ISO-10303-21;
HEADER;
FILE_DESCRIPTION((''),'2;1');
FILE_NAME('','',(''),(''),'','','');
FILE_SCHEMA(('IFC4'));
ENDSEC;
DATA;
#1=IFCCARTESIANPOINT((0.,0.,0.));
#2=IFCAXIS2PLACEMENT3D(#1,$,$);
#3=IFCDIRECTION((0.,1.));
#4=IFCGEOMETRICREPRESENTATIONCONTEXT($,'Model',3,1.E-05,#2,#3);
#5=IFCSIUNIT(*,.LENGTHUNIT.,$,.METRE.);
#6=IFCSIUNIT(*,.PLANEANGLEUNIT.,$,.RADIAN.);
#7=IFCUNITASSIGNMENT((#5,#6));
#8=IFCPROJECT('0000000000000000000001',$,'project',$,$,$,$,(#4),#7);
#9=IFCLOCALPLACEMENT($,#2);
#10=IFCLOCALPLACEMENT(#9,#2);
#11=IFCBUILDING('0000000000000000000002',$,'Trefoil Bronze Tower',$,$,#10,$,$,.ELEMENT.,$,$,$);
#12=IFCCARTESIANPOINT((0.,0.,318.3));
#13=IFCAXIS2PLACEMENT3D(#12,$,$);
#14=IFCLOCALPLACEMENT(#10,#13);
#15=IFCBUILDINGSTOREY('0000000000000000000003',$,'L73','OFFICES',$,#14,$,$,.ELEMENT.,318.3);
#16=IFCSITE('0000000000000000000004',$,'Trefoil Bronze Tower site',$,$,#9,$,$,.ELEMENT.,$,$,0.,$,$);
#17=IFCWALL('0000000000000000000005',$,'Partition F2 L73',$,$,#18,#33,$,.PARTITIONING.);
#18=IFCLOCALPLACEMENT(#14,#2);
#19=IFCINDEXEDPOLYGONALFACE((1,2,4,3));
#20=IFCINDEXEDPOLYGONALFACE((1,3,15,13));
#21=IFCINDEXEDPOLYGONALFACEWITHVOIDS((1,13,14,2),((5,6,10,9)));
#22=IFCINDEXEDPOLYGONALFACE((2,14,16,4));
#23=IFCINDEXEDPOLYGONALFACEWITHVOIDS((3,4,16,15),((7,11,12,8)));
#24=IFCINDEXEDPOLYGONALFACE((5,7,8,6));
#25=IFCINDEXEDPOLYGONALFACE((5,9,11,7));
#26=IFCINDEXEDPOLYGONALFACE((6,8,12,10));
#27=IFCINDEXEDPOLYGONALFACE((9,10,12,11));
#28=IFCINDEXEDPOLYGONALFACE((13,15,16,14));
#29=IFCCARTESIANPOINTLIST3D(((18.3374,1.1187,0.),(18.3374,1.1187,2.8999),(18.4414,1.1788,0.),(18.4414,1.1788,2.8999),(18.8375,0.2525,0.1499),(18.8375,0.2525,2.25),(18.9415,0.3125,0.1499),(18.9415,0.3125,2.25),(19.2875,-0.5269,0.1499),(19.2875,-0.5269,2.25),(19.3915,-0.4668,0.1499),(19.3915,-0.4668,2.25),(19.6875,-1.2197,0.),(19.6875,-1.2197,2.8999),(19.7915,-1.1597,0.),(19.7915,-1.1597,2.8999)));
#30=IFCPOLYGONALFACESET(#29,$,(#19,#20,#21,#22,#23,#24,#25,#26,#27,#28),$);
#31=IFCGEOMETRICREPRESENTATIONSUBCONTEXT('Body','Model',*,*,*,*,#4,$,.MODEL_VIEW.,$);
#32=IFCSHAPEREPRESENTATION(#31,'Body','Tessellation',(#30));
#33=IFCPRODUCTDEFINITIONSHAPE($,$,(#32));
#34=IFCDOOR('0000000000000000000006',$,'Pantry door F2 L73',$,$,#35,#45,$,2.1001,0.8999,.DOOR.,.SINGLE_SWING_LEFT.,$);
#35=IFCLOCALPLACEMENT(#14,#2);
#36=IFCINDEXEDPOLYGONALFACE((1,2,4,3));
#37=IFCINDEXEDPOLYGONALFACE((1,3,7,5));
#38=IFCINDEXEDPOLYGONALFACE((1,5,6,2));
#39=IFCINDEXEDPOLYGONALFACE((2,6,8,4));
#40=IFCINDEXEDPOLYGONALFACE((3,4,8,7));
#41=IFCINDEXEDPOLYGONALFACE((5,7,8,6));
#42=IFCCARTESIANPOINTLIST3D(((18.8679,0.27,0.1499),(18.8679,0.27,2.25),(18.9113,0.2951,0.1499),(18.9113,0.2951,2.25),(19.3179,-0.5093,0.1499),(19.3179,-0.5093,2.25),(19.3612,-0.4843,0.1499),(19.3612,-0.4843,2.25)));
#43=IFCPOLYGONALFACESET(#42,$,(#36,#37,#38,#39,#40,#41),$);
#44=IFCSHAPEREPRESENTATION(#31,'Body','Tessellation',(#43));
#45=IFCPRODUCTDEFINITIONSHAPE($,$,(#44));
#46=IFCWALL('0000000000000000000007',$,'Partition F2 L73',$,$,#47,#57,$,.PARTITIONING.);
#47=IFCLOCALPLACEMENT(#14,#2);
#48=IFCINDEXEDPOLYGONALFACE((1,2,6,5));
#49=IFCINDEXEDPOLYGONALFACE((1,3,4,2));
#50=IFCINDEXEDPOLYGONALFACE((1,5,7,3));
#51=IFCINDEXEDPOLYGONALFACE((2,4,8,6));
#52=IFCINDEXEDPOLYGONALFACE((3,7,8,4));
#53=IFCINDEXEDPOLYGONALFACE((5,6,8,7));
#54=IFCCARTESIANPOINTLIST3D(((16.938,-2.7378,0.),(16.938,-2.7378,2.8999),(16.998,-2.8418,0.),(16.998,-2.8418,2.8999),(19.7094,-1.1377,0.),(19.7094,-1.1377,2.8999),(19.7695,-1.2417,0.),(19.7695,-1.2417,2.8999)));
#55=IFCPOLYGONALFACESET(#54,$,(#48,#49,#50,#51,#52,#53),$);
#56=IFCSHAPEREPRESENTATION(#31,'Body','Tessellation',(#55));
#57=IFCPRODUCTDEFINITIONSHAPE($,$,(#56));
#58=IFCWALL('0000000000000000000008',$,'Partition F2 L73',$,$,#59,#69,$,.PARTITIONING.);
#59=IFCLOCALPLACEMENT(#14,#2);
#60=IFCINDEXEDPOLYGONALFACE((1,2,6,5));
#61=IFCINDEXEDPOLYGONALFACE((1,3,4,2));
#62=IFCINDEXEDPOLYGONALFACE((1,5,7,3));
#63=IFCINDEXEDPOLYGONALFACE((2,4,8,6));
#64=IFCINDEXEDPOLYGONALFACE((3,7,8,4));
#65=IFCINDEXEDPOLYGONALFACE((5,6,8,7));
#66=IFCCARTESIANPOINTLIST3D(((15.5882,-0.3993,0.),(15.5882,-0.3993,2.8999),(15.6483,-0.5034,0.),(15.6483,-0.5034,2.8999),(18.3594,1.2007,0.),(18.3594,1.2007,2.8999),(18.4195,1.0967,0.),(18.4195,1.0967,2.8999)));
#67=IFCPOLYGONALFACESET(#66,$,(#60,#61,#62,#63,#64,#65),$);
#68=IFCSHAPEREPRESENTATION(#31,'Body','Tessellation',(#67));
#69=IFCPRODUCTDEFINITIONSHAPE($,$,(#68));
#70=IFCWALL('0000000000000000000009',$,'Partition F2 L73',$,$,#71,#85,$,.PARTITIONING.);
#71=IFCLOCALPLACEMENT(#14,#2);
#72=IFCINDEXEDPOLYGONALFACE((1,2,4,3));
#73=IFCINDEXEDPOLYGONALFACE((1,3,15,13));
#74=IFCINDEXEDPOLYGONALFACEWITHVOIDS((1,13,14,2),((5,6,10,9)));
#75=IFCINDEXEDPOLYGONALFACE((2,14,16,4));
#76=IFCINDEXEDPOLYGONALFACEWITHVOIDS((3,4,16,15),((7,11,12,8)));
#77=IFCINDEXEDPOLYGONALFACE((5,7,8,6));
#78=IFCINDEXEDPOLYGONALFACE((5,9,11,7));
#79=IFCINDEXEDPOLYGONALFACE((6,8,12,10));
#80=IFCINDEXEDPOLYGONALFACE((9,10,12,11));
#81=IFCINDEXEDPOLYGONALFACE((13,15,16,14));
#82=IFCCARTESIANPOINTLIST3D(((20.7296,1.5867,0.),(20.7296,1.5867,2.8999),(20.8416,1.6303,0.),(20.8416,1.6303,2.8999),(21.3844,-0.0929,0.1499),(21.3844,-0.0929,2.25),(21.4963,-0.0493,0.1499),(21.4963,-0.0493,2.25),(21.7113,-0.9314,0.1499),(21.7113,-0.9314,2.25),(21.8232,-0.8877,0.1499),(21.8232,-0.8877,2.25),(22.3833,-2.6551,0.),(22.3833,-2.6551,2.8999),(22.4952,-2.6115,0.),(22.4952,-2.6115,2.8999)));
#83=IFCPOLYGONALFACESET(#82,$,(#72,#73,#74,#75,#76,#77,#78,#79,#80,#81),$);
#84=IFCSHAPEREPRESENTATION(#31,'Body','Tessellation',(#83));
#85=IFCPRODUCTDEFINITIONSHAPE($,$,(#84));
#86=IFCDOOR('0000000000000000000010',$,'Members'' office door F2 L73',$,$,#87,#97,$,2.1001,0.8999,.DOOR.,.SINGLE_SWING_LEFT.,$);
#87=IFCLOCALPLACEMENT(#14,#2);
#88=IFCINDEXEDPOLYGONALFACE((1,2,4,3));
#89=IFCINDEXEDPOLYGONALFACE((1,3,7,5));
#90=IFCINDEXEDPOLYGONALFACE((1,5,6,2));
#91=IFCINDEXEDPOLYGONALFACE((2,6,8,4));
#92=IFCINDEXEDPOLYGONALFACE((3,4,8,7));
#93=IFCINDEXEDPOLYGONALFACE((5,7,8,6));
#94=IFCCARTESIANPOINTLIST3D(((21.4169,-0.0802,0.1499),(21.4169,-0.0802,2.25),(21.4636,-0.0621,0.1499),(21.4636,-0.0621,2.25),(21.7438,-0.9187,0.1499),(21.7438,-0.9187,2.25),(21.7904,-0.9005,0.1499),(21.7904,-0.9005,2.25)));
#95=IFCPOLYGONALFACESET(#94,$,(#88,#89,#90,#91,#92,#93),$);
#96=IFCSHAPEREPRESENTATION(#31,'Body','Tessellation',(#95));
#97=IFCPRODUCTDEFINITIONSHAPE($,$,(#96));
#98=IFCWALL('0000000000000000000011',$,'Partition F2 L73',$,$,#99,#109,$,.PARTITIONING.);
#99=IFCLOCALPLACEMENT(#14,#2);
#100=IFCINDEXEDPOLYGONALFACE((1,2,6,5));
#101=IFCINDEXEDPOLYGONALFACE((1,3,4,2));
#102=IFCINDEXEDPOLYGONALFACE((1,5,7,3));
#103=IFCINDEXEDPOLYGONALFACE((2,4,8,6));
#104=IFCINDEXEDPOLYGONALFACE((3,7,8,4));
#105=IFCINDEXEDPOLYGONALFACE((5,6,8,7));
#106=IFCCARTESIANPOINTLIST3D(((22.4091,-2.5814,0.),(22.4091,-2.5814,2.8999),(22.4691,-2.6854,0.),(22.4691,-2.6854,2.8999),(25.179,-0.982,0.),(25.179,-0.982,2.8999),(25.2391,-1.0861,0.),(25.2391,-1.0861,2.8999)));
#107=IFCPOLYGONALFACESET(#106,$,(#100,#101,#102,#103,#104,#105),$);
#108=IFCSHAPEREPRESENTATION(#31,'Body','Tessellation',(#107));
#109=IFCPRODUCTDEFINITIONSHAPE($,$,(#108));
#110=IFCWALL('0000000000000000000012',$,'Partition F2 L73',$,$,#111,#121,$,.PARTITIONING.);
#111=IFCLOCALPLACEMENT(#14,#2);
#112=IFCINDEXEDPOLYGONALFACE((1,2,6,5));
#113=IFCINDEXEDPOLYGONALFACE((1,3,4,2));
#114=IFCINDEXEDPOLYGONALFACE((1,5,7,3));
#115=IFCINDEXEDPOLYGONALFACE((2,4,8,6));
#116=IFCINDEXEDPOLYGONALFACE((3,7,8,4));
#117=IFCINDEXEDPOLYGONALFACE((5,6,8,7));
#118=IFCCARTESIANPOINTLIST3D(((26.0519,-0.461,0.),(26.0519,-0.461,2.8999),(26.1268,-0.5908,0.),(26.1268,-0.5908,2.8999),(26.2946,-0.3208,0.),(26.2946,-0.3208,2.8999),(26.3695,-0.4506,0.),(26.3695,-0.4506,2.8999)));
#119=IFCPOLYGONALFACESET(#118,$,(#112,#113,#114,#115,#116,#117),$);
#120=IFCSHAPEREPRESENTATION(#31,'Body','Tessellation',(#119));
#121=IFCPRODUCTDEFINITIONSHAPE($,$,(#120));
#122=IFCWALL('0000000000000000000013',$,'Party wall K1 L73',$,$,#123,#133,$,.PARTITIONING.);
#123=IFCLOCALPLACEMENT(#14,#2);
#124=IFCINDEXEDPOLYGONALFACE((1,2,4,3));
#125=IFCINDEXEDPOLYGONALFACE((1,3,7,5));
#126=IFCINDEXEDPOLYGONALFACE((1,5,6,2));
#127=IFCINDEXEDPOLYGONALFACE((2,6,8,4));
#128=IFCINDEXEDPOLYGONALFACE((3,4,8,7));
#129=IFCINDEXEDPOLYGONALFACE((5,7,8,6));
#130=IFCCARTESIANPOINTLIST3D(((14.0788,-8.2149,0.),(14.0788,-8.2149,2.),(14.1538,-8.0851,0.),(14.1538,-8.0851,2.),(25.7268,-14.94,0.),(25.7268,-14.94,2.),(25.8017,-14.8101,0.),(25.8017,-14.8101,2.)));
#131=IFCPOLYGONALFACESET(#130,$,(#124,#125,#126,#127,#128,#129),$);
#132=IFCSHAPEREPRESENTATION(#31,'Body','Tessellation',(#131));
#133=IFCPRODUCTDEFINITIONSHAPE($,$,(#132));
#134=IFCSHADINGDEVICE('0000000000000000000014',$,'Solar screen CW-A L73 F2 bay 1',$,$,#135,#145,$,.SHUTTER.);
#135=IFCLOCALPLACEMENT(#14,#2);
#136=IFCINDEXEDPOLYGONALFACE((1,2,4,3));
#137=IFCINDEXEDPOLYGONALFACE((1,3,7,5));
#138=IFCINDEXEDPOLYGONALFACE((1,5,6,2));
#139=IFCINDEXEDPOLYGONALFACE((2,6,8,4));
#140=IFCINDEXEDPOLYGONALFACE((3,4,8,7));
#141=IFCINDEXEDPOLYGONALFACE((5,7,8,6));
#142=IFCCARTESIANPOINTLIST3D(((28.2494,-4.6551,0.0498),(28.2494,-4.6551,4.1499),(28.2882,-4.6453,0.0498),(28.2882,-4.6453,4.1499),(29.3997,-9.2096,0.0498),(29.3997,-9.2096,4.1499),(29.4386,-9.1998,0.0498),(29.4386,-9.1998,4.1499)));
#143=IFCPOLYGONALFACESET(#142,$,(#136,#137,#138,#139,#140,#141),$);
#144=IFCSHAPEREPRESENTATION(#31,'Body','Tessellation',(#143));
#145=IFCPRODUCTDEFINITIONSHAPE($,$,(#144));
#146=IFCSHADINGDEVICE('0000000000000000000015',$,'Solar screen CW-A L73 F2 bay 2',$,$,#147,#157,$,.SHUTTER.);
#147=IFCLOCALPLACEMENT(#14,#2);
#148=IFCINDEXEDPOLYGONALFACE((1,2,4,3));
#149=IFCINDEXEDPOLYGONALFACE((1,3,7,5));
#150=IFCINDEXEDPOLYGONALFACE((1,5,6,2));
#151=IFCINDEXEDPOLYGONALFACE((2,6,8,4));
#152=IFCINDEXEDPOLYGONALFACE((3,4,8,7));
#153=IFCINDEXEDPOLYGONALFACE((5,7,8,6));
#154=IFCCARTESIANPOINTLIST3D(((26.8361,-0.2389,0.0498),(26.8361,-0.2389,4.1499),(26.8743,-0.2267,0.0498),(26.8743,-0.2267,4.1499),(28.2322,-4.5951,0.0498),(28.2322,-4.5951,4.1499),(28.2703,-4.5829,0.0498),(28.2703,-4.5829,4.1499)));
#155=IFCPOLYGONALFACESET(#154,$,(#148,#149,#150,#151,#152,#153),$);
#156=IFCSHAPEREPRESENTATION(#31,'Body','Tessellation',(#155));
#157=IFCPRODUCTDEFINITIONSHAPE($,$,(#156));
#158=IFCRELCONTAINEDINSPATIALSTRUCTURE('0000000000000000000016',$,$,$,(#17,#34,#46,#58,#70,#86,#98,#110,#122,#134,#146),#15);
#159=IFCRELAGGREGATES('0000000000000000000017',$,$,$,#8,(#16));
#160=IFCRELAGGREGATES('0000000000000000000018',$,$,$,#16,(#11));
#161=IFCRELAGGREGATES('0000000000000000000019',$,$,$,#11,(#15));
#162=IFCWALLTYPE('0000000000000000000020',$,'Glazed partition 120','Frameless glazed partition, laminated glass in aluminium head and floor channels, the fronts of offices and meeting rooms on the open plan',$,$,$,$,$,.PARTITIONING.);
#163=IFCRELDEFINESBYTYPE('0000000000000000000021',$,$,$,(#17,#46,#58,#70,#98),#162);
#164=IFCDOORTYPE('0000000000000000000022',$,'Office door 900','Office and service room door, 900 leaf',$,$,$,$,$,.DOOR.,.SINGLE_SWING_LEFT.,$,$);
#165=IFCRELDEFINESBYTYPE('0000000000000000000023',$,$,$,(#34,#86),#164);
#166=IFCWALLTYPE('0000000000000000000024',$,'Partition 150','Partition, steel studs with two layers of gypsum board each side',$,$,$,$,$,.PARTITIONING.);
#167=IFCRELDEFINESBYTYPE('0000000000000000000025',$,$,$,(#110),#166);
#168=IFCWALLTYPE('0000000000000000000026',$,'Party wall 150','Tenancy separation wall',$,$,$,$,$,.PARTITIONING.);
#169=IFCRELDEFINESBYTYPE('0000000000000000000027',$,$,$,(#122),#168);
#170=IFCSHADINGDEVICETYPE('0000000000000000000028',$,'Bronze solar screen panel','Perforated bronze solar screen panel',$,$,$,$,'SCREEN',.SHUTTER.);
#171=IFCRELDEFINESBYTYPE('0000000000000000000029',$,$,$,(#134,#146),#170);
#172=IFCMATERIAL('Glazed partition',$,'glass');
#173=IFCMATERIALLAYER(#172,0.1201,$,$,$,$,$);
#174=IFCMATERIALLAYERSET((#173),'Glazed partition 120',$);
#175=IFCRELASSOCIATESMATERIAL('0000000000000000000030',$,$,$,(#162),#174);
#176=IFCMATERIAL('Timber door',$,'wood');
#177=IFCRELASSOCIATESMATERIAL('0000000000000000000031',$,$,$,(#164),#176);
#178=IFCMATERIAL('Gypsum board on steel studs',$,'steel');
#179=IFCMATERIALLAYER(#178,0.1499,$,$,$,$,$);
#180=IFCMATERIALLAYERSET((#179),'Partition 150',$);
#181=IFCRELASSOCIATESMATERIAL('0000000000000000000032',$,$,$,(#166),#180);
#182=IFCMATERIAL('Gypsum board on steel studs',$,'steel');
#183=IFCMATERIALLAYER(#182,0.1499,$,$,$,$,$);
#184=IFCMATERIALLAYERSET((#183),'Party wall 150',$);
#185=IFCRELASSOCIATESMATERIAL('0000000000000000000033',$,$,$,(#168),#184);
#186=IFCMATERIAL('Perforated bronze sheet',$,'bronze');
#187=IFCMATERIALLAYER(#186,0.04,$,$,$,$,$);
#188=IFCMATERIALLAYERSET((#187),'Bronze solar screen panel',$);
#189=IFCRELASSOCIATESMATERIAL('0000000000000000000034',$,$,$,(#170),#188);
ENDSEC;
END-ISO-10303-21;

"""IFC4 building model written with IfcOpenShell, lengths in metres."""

from ifc_helpers import new_model, si_unit, direction, frame, frame_2d, origin, origin_2d, place, context, subcontext, project, spatial, rectangle, extrude, material, layer, layer_set, type_object, element, fill, save


model = new_model("IFC4")

# Units and contexts
model_context = context("Model", 3, precision=1e-05, world=origin(), true_north=direction((0.0, 1.0)))
body_context = subcontext(model_context, "Body", "Model", "MODEL_VIEW")
ifc_project = project(units=[si_unit("LENGTHUNIT", "METRE"), si_unit("PLANEANGLEUNIT", "RADIAN")], contexts=[model_context])

# Site, building, storey
site_placement = place(None, origin())
site = spatial("IfcSite", under=ifc_project, at=site_placement, Name="Trefoil Bronze Tower site", CompositionType="ELEMENT", RefElevation=0.0)
building_placement = place(site_placement, origin())
building = spatial("IfcBuilding", under=site, at=building_placement, Name="Trefoil Bronze Tower", CompositionType="ELEMENT")
storey_placement = place(building_placement, frame((0.0, 0.0, 318.3)))
storey = spatial("IfcBuildingStorey", under=building, at=storey_placement, Name="L73", Description="OFFICES", CompositionType="ELEMENT", Elevation=318.3)

# Wall, opening, door
ifc_material_1 = material(Name="Glazed partition", Category="glass")
ifc_layer_1 = layer(ifc_material_1, 0.1201)
ifc_layer_set_1 = layer_set([ifc_layer_1], Name="Glazed partition 120")
wall_type_1 = type_object("IfcWallType", Name="Glazed partition 120", Description="Frameless glazed partition, laminated glass in aluminium head and floor channels, the fronts of offices and meeting rooms on the open plan", PredefinedType="PARTITIONING", material=ifc_layer_set_1)
wall_1_placement = place(storey_placement, frame((19.7395, -1.1897, 0.0), z_axis=(0.0, 0.0, 1.0), x_axis=(-0.500009, 0.86602, 0.0)))
wall_1 = element("IfcWall", 1, at=wall_1_placement, inside=storey, type_object=wall_type_1, Name="Partition F2 L73", PredefinedType="PARTITIONING", context=body_context, shape_type="SweptSolid", body=[
    extrude(rectangle(XDim=2.7002, YDim=0.1201, at=frame_2d((1.3501, 0.0))), origin(), (0.0, 0.0, 1.0), 2.8999),
])
opening_1_placement = place(wall_1_placement, frame((0.8, 0.0, 0.1499)))
opening_1 = element("IfcOpeningElement", 2, at=opening_1_placement, cuts=wall_1, PredefinedType="OPENING", context=body_context, shape_type="SweptSolid", body=[
    extrude(rectangle(XDim=0.8999, YDim=2.1001, at=frame_2d((0.45, 1.05))), frame((0.0, 0.0701, 0.0), z_axis=(0.0, -1.0, 0.0), x_axis=(1.0, 0.0, 0.0)), (0.0, 0.0, 1.0), 0.1401),
])
ifc_material_2 = material(Name="Timber door", Category="wood")
door_type_1 = type_object("IfcDoorType", Name="Office door 900", Description="Office and service room door, 900 leaf", OperationType="SINGLE_SWING_LEFT", PredefinedType="DOOR", material=ifc_material_2)
door_1_placement = place(opening_1_placement, origin())
door_1 = element("IfcDoor", 3, at=door_1_placement, inside=storey, type_object=door_type_1, Name="Pantry door F2 L73", OperationType="SINGLE_SWING_LEFT", OverallHeight=2.1001, OverallWidth=0.8999, PredefinedType="DOOR", context=body_context, shape_type="SweptSolid", body=[
    extrude(rectangle(XDim=0.8999, YDim=2.1001, at=frame_2d((0.45, 1.05))), frame((0.0, 0.0249, 0.0), z_axis=(0.0, -1.0, 0.0), x_axis=(1.0, 0.0, 0.0)), (0.0, 0.0, 1.0), 0.05),
])
fill(opening_1, door_1)

# Walls
wall_2_placement = place(storey_placement, frame((16.968, -2.7898, 0.0), z_axis=(0.0, 0.0, 1.0), x_axis=(0.866028, 0.499995, 0.0)))
element("IfcWall", 4, at=wall_2_placement, inside=storey, type_object=wall_type_1, Name="Partition F2 L73", PredefinedType="PARTITIONING", context=body_context, shape_type="SweptSolid", body=[
    extrude(rectangle(XDim=3.2002, YDim=0.1201, at=frame_2d((1.6001, 0.0))), origin(), (0.0, 0.0, 1.0), 2.8999),
])
wall_3_placement = place(storey_placement, frame((15.6182, -0.4514, 0.0), z_axis=(0.0, 0.0, 1.0), x_axis=(0.866009, 0.500028, 0.0)))
element("IfcWall", 5, at=wall_3_placement, inside=storey, type_object=wall_type_1, Name="Partition F2 L73", PredefinedType="PARTITIONING", context=body_context, shape_type="SweptSolid", body=[
    extrude(rectangle(XDim=3.2, YDim=0.1201, at=frame_2d((1.6001, 0.0))), origin(), (0.0, 0.0, 1.0), 2.8999),
])

# Wall, opening, door
wall_4_placement = place(storey_placement, frame((22.4392, -2.6333, 0.0), z_axis=(0.0, 0.0, 1.0), x_axis=(-0.363212, 0.931706, 0.0)))
wall_4 = element("IfcWall", 6, at=wall_4_placement, inside=storey, type_object=wall_type_1, Name="Partition F2 L73", PredefinedType="PARTITIONING", context=body_context, shape_type="SweptSolid", body=[
    extrude(rectangle(XDim=4.5527, YDim=0.1201, at=frame_2d((2.2764, 0.0))), origin(), (0.0, 0.0, 1.0), 2.8999),
])
opening_2_placement = place(wall_4_placement, frame((1.8501, 0.0, 0.1499)))
opening_2 = element("IfcOpeningElement", 7, at=opening_2_placement, cuts=wall_4, PredefinedType="OPENING", context=body_context, shape_type="SweptSolid", body=[
    extrude(rectangle(XDim=0.8999, YDim=2.1001, at=frame_2d((0.45, 1.05))), frame((0.0, 0.0701, 0.0), z_axis=(0.0, -1.0, 0.0), x_axis=(1.0, 0.0, 0.0)), (0.0, 0.0, 1.0), 0.1401),
])
door_2_placement = place(opening_2_placement, frame((0.8999, 0.0, 0.0), z_axis=(0.0, 0.0, 1.0), x_axis=(-1.0, 0.0, 0.0)))
door_2 = element("IfcDoor", 8, at=door_2_placement, inside=storey, type_object=door_type_1, Name="Members' office door F2 L73", OperationType="SINGLE_SWING_LEFT", OverallHeight=2.1001, OverallWidth=0.8999, PredefinedType="DOOR", context=body_context, shape_type="SweptSolid", body=[
    extrude(rectangle(XDim=0.8999, YDim=2.1001, at=frame_2d((0.45, 1.05))), frame((0.0, 0.0249, 0.0), z_axis=(0.0, -1.0, 0.0), x_axis=(1.0, 0.0, 0.0)), (0.0, 0.0, 1.0), 0.05),
])
fill(opening_2, door_2)

# Walls
wall_5_placement = place(storey_placement, frame((22.4392, -2.6333, 0.0), z_axis=(0.0, 0.0, 1.0), x_axis=(0.866013, 0.500022, 0.0)))
element("IfcWall", 9, at=wall_5_placement, inside=storey, type_object=wall_type_1, Name="Partition F2 L73", PredefinedType="PARTITIONING", context=body_context, shape_type="SweptSolid", body=[
    extrude(rectangle(XDim=3.1985, YDim=0.1201, at=frame_2d((1.5991, 0.0))), origin(), (0.0, 0.0, 1.0), 2.8999),
])
ifc_material_3 = material(Name="Gypsum board on steel studs", Category="steel")
ifc_layer_2 = layer(ifc_material_3, 0.1499)
ifc_layer_set_2 = layer_set([ifc_layer_2], Name="Partition 150")
wall_type_2 = type_object("IfcWallType", Name="Partition 150", Description="Partition, steel studs with two layers of gypsum board each side", PredefinedType="PARTITIONING", material=ifc_layer_set_2)
wall_6_placement = place(storey_placement, frame((26.0894, -0.5259, 0.0), z_axis=(0.0, 0.0, 1.0), x_axis=(0.865982, 0.500074, 0.0)))
element("IfcWall", 10, at=wall_6_placement, inside=storey, type_object=wall_type_2, Name="Partition F2 L73", PredefinedType="PARTITIONING", context=body_context, shape_type="SweptSolid", body=[
    extrude(rectangle(XDim=0.2803, YDim=0.1499, at=frame_2d((0.1401, 0.0))), origin(), (0.0, 0.0, 1.0), 2.8999),
])
ifc_material_4 = material(Name="Gypsum board on steel studs", Category="steel")
ifc_layer_3 = layer(ifc_material_4, 0.1499)
ifc_layer_set_3 = layer_set([ifc_layer_3], Name="Party wall 150")
wall_type_3 = type_object("IfcWallType", Name="Party wall 150", Description="Tenancy separation wall", PredefinedType="PARTITIONING", material=ifc_layer_set_3)
wall_7_placement = place(storey_placement, frame((14.1162, -8.1499, 0.0), z_axis=(0.0, 0.0, 1.0), x_axis=(0.866021, -0.500008, 0.0)))
element("IfcWall", 11, at=wall_7_placement, inside=storey, type_object=wall_type_3, Name="Party wall K1 L73", PredefinedType="PARTITIONING", context=body_context, shape_type="SweptSolid", body=[
    extrude(rectangle(XDim=13.45, YDim=0.1499, at=frame_2d((6.7251, 0.0))), origin(), (0.0, 0.0, 1.0), 2.0),
])

# Shading devices
ifc_material_5 = material(Name="Perforated bronze sheet", Category="bronze")
ifc_layer_4 = layer(ifc_material_5, 0.04)
ifc_layer_set_4 = layer_set([ifc_layer_4], Name="Bronze solar screen panel")
shading_device_type = type_object("IfcShadingDeviceType", Name="Bronze solar screen panel", Description="Perforated bronze solar screen panel", ElementType="SCREEN", PredefinedType="SHUTTER", material=ifc_layer_set_4)
shading_device_1_placement = place(storey_placement, frame((28.844, -6.9275, 0.0498), z_axis=(0.0, 0.0, 1.0), x_axis=(-0.24488, 0.969554, 0.0)))
element("IfcShadingDevice", 12, at=shading_device_1_placement, inside=storey, type_object=shading_device_type, Name="Solar screen CW-A L73 F2 bay 1", PredefinedType="SHUTTER", context=body_context, shape_type="SweptSolid", body=[
    extrude(rectangle(XDim=4.6975, YDim=0.04, at=origin_2d()), origin(), (0.0, 0.0, 1.0), 4.1001),
])
shading_device_2_placement = place(storey_placement, frame((27.5532, -2.4109, 0.0498), z_axis=(0.0, 0.0, 1.0), x_axis=(-0.305188, 0.952292, 0.0)))
element("IfcShadingDevice", 13, at=shading_device_2_placement, inside=storey, type_object=shading_device_type, Name="Solar screen CW-A L73 F2 bay 2", PredefinedType="SHUTTER", context=body_context, shape_type="SweptSolid", body=[
    extrude(rectangle(XDim=4.5745, YDim=0.04, at=origin_2d()), origin(), (0.0, 0.0, 1.0), 4.1001),
])

save(model, "model.ifc")
